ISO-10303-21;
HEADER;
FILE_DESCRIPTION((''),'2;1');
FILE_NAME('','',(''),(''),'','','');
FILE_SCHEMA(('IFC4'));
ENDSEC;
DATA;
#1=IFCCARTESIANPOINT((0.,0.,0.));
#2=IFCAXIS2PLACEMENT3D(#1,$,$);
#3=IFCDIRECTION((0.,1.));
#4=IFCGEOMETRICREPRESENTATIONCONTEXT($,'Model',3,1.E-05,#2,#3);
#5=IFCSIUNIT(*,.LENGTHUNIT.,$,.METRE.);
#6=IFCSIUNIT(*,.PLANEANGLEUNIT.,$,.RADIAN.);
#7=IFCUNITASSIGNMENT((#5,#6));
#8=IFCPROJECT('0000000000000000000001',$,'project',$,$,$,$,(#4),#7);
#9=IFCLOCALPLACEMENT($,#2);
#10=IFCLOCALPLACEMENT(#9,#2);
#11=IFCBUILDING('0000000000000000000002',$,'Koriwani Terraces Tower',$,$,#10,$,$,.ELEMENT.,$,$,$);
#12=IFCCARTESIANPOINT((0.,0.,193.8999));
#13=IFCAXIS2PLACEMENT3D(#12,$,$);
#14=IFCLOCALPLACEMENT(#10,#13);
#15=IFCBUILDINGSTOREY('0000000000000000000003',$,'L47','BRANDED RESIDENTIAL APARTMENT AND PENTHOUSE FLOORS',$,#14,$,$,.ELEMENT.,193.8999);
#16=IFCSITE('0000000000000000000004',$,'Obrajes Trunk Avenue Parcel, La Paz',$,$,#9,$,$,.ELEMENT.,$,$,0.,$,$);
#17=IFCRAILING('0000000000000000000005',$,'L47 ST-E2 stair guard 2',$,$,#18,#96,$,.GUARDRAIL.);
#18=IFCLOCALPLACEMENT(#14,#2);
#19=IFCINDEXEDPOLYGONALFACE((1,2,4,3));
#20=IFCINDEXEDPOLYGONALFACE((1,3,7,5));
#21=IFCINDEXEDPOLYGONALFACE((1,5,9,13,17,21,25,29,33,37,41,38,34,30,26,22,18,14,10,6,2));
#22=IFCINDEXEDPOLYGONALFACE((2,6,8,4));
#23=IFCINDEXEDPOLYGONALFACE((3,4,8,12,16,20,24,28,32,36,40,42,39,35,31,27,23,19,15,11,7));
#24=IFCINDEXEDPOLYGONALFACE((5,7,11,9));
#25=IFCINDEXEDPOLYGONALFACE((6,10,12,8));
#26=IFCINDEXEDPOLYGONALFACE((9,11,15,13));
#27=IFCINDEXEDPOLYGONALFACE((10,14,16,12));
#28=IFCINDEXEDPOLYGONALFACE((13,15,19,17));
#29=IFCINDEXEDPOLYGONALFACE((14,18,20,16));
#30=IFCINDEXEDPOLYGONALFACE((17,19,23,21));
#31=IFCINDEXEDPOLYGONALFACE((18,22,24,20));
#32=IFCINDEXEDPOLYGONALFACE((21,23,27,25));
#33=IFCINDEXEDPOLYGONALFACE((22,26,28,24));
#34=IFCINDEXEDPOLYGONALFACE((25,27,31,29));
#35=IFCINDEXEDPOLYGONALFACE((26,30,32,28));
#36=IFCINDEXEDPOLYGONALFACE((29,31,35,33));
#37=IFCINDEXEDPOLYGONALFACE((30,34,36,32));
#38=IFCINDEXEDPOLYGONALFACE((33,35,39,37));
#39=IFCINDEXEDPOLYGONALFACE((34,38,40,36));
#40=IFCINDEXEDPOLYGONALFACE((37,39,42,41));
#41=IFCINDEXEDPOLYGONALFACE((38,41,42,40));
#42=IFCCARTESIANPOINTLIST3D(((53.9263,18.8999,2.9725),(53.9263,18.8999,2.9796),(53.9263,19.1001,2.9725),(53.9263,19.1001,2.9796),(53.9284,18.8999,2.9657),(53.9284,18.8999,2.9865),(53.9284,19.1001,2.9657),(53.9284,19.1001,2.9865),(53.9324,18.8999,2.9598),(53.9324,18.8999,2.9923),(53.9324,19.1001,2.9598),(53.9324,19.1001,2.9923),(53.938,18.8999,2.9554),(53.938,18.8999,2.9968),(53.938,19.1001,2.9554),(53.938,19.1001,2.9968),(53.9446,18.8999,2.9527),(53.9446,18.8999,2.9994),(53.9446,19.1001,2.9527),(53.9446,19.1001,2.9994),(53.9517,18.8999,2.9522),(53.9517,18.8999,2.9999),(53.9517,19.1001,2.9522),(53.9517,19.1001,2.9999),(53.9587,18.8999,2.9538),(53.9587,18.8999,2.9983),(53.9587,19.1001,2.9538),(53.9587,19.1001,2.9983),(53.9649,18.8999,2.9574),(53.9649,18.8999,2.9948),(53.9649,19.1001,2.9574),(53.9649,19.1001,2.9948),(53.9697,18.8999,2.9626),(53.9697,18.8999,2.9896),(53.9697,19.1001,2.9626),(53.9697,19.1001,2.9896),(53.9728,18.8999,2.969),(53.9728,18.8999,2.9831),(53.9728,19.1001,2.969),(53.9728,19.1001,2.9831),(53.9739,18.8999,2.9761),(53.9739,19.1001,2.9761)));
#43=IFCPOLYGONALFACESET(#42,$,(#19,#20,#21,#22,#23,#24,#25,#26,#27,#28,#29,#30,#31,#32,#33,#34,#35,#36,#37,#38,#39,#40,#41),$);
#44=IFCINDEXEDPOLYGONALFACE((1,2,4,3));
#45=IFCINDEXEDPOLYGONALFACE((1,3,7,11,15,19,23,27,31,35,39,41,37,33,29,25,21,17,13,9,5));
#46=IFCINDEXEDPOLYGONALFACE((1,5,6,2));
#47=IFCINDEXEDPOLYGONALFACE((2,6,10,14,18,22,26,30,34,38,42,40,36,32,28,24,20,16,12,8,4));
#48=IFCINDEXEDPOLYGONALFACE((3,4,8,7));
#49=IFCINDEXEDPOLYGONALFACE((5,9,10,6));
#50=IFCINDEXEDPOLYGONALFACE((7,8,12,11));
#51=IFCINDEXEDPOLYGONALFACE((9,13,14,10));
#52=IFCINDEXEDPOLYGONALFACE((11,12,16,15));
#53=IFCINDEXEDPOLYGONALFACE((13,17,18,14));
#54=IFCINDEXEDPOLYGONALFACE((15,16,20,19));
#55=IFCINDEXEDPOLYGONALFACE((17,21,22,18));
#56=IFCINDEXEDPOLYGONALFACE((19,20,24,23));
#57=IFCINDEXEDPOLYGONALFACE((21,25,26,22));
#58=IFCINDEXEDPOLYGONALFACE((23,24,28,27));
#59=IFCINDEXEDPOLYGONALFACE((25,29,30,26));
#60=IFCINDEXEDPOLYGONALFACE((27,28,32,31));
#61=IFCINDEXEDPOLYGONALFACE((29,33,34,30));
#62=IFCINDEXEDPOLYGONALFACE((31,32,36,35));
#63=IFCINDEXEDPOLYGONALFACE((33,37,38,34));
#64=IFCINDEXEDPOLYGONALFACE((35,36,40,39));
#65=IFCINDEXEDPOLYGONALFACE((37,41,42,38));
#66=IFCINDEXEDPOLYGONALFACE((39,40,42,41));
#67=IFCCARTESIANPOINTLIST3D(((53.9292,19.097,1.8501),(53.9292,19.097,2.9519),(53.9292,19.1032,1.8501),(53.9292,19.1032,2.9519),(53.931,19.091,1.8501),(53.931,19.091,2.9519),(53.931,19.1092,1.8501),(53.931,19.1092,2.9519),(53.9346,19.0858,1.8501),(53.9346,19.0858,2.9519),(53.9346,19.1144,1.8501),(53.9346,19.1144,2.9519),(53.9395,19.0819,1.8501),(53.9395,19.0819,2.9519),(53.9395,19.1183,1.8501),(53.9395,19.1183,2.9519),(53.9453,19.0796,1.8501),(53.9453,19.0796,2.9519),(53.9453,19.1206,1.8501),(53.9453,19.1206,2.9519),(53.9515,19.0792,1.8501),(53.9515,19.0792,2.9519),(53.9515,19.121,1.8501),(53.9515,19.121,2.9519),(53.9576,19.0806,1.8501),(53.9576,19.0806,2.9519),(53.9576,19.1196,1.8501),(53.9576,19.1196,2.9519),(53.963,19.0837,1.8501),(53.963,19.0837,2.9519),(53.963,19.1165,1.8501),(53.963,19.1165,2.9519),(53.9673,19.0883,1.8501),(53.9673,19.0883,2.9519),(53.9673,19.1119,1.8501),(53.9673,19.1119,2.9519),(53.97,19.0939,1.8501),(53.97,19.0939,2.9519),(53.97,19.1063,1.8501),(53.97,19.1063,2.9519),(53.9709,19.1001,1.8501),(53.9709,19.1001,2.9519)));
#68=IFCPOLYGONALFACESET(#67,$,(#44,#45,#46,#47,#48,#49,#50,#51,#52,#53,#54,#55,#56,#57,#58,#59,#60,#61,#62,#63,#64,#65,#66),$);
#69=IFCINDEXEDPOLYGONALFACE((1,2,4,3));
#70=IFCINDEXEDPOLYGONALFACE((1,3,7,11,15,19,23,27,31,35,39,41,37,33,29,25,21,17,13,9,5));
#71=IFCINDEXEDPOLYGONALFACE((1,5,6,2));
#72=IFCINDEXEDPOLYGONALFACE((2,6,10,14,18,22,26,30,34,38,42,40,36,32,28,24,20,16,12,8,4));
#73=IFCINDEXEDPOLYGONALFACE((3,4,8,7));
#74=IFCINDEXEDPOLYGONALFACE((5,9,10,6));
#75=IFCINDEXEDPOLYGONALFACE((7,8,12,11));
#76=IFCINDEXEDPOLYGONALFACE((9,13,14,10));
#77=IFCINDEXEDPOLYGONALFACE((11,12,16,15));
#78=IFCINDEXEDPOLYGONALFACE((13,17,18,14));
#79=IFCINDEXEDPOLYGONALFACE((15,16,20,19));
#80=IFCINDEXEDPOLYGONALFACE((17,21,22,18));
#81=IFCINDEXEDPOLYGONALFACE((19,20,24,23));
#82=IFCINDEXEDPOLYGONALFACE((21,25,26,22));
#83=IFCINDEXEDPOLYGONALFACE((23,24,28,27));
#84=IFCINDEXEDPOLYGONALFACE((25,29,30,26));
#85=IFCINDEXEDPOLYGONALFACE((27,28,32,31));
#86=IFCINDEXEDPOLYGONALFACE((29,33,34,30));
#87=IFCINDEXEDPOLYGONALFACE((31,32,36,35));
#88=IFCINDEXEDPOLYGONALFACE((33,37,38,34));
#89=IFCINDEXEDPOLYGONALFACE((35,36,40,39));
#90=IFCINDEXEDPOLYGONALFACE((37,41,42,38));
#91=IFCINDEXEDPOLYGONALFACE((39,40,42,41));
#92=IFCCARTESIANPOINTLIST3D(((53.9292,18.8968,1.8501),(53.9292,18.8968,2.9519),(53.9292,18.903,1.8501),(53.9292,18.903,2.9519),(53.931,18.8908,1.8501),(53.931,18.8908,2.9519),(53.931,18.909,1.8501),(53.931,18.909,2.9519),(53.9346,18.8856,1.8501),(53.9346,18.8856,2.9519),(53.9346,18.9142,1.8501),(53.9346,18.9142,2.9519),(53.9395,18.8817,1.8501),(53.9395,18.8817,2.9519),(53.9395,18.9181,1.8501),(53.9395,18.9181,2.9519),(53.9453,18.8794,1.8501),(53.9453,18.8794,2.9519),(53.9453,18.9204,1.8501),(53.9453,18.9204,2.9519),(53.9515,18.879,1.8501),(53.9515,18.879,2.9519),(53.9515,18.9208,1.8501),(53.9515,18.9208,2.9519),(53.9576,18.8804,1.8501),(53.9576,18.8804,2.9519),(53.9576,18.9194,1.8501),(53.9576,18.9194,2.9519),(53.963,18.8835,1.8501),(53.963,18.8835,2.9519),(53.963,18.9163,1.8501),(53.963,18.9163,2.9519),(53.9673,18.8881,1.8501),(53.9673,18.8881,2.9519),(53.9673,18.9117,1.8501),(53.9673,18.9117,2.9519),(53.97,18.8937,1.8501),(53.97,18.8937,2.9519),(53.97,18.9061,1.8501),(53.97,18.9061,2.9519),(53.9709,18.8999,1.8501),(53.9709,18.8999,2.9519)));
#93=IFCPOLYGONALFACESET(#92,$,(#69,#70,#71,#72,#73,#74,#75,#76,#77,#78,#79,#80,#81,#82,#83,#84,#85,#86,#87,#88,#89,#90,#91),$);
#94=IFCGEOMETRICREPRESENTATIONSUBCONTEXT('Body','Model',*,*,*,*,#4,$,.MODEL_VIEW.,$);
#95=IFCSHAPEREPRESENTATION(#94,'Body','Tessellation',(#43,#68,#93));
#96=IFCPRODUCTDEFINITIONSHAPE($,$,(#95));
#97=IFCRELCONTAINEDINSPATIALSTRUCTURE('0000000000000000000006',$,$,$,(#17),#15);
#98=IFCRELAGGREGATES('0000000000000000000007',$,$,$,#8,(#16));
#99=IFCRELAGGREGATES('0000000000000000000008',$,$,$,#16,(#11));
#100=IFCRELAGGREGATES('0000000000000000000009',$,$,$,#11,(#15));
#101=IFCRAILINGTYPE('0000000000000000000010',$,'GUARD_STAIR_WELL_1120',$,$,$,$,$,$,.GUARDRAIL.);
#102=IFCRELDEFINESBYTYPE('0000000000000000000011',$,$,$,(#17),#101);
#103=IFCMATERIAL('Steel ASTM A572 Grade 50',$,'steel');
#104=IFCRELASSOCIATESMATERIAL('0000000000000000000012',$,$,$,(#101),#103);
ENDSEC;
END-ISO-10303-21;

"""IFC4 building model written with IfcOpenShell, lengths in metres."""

from ifc_helpers import new_model, si_unit, direction, frame, origin, origin_2d, place, context, subcontext, project, spatial, circle, extrude, material, type_object, element, save


model = new_model("IFC4")

# Units and contexts
model_context = context("Model", 3, precision=1e-05, world=origin(), true_north=direction((0.0, 1.0)))
body_context = subcontext(model_context, "Body", "Model", "MODEL_VIEW")
ifc_project = project(units=[si_unit("LENGTHUNIT", "METRE"), si_unit("PLANEANGLEUNIT", "RADIAN")], contexts=[model_context])

# Site, building, storey
site_placement = place(None, origin())
site = spatial("IfcSite", under=ifc_project, at=site_placement, Name="Obrajes Trunk Avenue Parcel, La Paz", CompositionType="ELEMENT", RefElevation=0.0)
building_placement = place(site_placement, origin())
building = spatial("IfcBuilding", under=site, at=building_placement, Name="Koriwani Terraces Tower", CompositionType="ELEMENT")
storey_placement = place(building_placement, frame((0.0, 0.0, 193.8999)))
storey = spatial("IfcBuildingStorey", under=building, at=storey_placement, Name="L47", Description="BRANDED RESIDENTIAL APARTMENT AND PENTHOUSE FLOORS", CompositionType="ELEMENT", Elevation=193.8999)

# Shared definitions
ifc_material_1 = material(Name="Steel ASTM A572 Grade 50", Category="steel")

# Railing
railing_type_1 = type_object("IfcRailingType", Name="GUARD_STAIR_WELL_1120", PredefinedType="GUARDRAIL", material=ifc_material_1)
railing_1_placement = place(storey_placement, frame((53.95, 19.1001, 1.8501)))
element("IfcRailing", 1, at=railing_1_placement, inside=storey, type_object=railing_type_1, Name="L47 ST-E2 stair guard 2", PredefinedType="GUARDRAIL", context=body_context, shape_type="SweptSolid", body=[
    extrude(circle(Radius=0.0239, at=origin_2d()), frame((0.0, 0.0, 1.126), z_axis=(0.0, -1.0, 0.0), x_axis=(1.0, 0.0, 0.0)), (0.0, 0.0, 1.0), 0.2002),
    extrude(circle(Radius=0.021, at=origin_2d()), origin(), (0.0, 0.0, 1.0), 1.1018),
    extrude(circle(Radius=0.021, at=origin_2d()), frame((0.0, -0.2002, 0.0)), (0.0, 0.0, 1.0), 1.1018),
])

save(model, "model.ifc")
